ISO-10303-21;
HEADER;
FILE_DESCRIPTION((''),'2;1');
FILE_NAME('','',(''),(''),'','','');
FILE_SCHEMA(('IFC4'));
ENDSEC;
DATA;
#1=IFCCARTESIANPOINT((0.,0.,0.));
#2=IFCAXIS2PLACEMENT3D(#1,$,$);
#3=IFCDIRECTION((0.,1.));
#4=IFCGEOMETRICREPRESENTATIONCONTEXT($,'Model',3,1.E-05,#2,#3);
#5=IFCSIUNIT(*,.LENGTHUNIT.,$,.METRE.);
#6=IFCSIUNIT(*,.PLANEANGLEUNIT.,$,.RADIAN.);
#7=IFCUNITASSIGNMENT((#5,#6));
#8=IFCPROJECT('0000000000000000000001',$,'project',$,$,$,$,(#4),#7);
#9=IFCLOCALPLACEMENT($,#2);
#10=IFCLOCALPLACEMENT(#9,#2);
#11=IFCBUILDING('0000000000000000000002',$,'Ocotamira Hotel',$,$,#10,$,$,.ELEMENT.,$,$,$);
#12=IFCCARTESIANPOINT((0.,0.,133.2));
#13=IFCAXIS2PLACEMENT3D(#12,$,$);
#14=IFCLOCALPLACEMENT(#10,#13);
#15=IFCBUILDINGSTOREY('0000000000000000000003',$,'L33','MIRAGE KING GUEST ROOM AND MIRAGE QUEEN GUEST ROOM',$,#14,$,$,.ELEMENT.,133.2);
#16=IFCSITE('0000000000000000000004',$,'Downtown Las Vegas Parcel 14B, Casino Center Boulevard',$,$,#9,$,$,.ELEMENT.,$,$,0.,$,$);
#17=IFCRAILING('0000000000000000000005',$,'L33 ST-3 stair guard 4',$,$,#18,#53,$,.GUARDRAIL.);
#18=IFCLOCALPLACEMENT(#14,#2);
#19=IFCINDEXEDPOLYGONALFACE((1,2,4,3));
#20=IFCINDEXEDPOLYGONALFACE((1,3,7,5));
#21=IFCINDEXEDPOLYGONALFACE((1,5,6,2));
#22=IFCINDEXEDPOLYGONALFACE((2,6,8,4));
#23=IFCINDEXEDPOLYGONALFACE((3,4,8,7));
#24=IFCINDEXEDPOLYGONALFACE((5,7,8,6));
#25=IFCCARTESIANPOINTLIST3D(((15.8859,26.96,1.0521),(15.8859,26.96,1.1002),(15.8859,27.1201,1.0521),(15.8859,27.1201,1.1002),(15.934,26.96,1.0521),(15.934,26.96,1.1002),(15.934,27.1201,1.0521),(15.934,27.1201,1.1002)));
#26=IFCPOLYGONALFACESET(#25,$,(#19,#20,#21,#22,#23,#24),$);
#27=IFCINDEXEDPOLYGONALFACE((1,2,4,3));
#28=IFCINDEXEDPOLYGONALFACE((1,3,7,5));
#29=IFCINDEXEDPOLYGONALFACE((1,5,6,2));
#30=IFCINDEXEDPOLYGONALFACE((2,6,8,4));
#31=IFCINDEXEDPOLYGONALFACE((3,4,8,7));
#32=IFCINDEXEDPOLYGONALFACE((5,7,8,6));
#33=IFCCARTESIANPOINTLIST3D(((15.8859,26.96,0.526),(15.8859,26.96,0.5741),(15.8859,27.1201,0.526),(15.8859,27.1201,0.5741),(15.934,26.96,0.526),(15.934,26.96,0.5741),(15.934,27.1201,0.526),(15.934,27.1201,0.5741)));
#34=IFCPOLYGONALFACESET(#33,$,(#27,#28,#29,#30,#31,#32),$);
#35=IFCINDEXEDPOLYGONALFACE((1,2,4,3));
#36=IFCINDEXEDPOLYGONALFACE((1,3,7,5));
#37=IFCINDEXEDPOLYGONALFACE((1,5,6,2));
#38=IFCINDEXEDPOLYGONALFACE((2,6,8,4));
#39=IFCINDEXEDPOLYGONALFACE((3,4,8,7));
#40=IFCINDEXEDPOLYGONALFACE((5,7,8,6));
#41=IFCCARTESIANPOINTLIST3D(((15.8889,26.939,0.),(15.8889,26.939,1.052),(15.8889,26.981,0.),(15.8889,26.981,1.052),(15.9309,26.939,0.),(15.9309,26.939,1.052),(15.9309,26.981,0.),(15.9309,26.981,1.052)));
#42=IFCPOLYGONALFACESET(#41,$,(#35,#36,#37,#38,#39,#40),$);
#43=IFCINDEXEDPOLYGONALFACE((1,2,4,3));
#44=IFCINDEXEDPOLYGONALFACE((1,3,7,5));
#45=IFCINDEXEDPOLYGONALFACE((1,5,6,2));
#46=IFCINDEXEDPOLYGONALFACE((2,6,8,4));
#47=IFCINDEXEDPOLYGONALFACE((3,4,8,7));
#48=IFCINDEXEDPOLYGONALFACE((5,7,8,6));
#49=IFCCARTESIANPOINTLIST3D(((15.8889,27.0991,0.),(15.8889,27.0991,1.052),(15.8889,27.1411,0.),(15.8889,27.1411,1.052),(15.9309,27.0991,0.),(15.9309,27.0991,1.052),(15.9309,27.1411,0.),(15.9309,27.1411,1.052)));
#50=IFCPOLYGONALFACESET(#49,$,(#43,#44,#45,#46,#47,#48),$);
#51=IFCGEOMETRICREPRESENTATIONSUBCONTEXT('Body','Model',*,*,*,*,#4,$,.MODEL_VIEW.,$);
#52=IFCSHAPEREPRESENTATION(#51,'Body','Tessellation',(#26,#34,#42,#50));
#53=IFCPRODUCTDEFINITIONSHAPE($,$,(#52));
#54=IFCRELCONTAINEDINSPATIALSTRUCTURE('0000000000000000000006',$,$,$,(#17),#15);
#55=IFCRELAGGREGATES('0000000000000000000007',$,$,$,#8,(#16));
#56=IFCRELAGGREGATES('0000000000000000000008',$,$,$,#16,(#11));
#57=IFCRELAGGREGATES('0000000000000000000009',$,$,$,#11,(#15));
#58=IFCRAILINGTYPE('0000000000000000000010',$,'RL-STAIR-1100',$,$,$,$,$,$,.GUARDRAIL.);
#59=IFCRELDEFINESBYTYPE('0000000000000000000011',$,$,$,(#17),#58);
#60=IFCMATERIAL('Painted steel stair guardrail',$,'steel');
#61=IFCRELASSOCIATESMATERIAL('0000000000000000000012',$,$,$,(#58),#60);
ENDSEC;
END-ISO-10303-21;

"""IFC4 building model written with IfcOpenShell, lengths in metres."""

from ifc_helpers import new_model, si_unit, direction, frame, origin, origin_2d, place, context, subcontext, project, spatial, rectangle, extrude, material, type_object, element, save


model = new_model("IFC4")

# Units and contexts
model_context = context("Model", 3, precision=1e-05, world=origin(), true_north=direction((0.0, 1.0)))
body_context = subcontext(model_context, "Body", "Model", "MODEL_VIEW")
ifc_project = project(units=[si_unit("LENGTHUNIT", "METRE"), si_unit("PLANEANGLEUNIT", "RADIAN")], contexts=[model_context])

# Site, building, storey
site_placement = place(None, origin())
site = spatial("IfcSite", under=ifc_project, at=site_placement, Name="Downtown Las Vegas Parcel 14B, Casino Center Boulevard", CompositionType="ELEMENT", RefElevation=0.0)
building_placement = place(site_placement, origin())
building = spatial("IfcBuilding", under=site, at=building_placement, Name="Ocotamira Hotel", CompositionType="ELEMENT")
storey_placement = place(building_placement, frame((0.0, 0.0, 133.2)))
storey = spatial("IfcBuildingStorey", under=building, at=storey_placement, Name="L33", Description="MIRAGE KING GUEST ROOM AND MIRAGE QUEEN GUEST ROOM", CompositionType="ELEMENT", Elevation=133.2)

# Railing
ifc_material_1 = material(Name="Painted steel stair guardrail", Category="steel")
railing_type_1 = type_object("IfcRailingType", Name="RL-STAIR-1100", PredefinedType="GUARDRAIL", material=ifc_material_1)
railing_1_placement = place(storey_placement, frame((15.9099, 26.96, 0.0)))
element("IfcRailing", 1, at=railing_1_placement, inside=storey, type_object=railing_type_1, Name="L33 ST-3 stair guard 4", PredefinedType="GUARDRAIL", context=body_context, shape_type="SweptSolid", body=[
    extrude(rectangle(XDim=0.0481, YDim=0.0481, at=origin_2d()), frame((0.0, 0.0, 1.0762), z_axis=(0.0, 1.0, 0.0), x_axis=(-1.0, 0.0, 0.0)), (0.0, 0.0, 1.0), 0.1602),
    extrude(rectangle(XDim=0.0481, YDim=0.0481, at=origin_2d()), frame((0.0, 0.0, 0.55), z_axis=(0.0, 1.0, 0.0), x_axis=(-1.0, 0.0, 0.0)), (0.0, 0.0, 1.0), 0.1602),
    extrude(rectangle(XDim=0.042, YDim=0.042, at=origin_2d()), origin(), (0.0, 0.0, 1.0), 1.052),
    extrude(rectangle(XDim=0.042, YDim=0.042, at=origin_2d()), frame((0.0, 0.1602, 0.0)), (0.0, 0.0, 1.0), 1.052),
])

save(model, "model.ifc")
